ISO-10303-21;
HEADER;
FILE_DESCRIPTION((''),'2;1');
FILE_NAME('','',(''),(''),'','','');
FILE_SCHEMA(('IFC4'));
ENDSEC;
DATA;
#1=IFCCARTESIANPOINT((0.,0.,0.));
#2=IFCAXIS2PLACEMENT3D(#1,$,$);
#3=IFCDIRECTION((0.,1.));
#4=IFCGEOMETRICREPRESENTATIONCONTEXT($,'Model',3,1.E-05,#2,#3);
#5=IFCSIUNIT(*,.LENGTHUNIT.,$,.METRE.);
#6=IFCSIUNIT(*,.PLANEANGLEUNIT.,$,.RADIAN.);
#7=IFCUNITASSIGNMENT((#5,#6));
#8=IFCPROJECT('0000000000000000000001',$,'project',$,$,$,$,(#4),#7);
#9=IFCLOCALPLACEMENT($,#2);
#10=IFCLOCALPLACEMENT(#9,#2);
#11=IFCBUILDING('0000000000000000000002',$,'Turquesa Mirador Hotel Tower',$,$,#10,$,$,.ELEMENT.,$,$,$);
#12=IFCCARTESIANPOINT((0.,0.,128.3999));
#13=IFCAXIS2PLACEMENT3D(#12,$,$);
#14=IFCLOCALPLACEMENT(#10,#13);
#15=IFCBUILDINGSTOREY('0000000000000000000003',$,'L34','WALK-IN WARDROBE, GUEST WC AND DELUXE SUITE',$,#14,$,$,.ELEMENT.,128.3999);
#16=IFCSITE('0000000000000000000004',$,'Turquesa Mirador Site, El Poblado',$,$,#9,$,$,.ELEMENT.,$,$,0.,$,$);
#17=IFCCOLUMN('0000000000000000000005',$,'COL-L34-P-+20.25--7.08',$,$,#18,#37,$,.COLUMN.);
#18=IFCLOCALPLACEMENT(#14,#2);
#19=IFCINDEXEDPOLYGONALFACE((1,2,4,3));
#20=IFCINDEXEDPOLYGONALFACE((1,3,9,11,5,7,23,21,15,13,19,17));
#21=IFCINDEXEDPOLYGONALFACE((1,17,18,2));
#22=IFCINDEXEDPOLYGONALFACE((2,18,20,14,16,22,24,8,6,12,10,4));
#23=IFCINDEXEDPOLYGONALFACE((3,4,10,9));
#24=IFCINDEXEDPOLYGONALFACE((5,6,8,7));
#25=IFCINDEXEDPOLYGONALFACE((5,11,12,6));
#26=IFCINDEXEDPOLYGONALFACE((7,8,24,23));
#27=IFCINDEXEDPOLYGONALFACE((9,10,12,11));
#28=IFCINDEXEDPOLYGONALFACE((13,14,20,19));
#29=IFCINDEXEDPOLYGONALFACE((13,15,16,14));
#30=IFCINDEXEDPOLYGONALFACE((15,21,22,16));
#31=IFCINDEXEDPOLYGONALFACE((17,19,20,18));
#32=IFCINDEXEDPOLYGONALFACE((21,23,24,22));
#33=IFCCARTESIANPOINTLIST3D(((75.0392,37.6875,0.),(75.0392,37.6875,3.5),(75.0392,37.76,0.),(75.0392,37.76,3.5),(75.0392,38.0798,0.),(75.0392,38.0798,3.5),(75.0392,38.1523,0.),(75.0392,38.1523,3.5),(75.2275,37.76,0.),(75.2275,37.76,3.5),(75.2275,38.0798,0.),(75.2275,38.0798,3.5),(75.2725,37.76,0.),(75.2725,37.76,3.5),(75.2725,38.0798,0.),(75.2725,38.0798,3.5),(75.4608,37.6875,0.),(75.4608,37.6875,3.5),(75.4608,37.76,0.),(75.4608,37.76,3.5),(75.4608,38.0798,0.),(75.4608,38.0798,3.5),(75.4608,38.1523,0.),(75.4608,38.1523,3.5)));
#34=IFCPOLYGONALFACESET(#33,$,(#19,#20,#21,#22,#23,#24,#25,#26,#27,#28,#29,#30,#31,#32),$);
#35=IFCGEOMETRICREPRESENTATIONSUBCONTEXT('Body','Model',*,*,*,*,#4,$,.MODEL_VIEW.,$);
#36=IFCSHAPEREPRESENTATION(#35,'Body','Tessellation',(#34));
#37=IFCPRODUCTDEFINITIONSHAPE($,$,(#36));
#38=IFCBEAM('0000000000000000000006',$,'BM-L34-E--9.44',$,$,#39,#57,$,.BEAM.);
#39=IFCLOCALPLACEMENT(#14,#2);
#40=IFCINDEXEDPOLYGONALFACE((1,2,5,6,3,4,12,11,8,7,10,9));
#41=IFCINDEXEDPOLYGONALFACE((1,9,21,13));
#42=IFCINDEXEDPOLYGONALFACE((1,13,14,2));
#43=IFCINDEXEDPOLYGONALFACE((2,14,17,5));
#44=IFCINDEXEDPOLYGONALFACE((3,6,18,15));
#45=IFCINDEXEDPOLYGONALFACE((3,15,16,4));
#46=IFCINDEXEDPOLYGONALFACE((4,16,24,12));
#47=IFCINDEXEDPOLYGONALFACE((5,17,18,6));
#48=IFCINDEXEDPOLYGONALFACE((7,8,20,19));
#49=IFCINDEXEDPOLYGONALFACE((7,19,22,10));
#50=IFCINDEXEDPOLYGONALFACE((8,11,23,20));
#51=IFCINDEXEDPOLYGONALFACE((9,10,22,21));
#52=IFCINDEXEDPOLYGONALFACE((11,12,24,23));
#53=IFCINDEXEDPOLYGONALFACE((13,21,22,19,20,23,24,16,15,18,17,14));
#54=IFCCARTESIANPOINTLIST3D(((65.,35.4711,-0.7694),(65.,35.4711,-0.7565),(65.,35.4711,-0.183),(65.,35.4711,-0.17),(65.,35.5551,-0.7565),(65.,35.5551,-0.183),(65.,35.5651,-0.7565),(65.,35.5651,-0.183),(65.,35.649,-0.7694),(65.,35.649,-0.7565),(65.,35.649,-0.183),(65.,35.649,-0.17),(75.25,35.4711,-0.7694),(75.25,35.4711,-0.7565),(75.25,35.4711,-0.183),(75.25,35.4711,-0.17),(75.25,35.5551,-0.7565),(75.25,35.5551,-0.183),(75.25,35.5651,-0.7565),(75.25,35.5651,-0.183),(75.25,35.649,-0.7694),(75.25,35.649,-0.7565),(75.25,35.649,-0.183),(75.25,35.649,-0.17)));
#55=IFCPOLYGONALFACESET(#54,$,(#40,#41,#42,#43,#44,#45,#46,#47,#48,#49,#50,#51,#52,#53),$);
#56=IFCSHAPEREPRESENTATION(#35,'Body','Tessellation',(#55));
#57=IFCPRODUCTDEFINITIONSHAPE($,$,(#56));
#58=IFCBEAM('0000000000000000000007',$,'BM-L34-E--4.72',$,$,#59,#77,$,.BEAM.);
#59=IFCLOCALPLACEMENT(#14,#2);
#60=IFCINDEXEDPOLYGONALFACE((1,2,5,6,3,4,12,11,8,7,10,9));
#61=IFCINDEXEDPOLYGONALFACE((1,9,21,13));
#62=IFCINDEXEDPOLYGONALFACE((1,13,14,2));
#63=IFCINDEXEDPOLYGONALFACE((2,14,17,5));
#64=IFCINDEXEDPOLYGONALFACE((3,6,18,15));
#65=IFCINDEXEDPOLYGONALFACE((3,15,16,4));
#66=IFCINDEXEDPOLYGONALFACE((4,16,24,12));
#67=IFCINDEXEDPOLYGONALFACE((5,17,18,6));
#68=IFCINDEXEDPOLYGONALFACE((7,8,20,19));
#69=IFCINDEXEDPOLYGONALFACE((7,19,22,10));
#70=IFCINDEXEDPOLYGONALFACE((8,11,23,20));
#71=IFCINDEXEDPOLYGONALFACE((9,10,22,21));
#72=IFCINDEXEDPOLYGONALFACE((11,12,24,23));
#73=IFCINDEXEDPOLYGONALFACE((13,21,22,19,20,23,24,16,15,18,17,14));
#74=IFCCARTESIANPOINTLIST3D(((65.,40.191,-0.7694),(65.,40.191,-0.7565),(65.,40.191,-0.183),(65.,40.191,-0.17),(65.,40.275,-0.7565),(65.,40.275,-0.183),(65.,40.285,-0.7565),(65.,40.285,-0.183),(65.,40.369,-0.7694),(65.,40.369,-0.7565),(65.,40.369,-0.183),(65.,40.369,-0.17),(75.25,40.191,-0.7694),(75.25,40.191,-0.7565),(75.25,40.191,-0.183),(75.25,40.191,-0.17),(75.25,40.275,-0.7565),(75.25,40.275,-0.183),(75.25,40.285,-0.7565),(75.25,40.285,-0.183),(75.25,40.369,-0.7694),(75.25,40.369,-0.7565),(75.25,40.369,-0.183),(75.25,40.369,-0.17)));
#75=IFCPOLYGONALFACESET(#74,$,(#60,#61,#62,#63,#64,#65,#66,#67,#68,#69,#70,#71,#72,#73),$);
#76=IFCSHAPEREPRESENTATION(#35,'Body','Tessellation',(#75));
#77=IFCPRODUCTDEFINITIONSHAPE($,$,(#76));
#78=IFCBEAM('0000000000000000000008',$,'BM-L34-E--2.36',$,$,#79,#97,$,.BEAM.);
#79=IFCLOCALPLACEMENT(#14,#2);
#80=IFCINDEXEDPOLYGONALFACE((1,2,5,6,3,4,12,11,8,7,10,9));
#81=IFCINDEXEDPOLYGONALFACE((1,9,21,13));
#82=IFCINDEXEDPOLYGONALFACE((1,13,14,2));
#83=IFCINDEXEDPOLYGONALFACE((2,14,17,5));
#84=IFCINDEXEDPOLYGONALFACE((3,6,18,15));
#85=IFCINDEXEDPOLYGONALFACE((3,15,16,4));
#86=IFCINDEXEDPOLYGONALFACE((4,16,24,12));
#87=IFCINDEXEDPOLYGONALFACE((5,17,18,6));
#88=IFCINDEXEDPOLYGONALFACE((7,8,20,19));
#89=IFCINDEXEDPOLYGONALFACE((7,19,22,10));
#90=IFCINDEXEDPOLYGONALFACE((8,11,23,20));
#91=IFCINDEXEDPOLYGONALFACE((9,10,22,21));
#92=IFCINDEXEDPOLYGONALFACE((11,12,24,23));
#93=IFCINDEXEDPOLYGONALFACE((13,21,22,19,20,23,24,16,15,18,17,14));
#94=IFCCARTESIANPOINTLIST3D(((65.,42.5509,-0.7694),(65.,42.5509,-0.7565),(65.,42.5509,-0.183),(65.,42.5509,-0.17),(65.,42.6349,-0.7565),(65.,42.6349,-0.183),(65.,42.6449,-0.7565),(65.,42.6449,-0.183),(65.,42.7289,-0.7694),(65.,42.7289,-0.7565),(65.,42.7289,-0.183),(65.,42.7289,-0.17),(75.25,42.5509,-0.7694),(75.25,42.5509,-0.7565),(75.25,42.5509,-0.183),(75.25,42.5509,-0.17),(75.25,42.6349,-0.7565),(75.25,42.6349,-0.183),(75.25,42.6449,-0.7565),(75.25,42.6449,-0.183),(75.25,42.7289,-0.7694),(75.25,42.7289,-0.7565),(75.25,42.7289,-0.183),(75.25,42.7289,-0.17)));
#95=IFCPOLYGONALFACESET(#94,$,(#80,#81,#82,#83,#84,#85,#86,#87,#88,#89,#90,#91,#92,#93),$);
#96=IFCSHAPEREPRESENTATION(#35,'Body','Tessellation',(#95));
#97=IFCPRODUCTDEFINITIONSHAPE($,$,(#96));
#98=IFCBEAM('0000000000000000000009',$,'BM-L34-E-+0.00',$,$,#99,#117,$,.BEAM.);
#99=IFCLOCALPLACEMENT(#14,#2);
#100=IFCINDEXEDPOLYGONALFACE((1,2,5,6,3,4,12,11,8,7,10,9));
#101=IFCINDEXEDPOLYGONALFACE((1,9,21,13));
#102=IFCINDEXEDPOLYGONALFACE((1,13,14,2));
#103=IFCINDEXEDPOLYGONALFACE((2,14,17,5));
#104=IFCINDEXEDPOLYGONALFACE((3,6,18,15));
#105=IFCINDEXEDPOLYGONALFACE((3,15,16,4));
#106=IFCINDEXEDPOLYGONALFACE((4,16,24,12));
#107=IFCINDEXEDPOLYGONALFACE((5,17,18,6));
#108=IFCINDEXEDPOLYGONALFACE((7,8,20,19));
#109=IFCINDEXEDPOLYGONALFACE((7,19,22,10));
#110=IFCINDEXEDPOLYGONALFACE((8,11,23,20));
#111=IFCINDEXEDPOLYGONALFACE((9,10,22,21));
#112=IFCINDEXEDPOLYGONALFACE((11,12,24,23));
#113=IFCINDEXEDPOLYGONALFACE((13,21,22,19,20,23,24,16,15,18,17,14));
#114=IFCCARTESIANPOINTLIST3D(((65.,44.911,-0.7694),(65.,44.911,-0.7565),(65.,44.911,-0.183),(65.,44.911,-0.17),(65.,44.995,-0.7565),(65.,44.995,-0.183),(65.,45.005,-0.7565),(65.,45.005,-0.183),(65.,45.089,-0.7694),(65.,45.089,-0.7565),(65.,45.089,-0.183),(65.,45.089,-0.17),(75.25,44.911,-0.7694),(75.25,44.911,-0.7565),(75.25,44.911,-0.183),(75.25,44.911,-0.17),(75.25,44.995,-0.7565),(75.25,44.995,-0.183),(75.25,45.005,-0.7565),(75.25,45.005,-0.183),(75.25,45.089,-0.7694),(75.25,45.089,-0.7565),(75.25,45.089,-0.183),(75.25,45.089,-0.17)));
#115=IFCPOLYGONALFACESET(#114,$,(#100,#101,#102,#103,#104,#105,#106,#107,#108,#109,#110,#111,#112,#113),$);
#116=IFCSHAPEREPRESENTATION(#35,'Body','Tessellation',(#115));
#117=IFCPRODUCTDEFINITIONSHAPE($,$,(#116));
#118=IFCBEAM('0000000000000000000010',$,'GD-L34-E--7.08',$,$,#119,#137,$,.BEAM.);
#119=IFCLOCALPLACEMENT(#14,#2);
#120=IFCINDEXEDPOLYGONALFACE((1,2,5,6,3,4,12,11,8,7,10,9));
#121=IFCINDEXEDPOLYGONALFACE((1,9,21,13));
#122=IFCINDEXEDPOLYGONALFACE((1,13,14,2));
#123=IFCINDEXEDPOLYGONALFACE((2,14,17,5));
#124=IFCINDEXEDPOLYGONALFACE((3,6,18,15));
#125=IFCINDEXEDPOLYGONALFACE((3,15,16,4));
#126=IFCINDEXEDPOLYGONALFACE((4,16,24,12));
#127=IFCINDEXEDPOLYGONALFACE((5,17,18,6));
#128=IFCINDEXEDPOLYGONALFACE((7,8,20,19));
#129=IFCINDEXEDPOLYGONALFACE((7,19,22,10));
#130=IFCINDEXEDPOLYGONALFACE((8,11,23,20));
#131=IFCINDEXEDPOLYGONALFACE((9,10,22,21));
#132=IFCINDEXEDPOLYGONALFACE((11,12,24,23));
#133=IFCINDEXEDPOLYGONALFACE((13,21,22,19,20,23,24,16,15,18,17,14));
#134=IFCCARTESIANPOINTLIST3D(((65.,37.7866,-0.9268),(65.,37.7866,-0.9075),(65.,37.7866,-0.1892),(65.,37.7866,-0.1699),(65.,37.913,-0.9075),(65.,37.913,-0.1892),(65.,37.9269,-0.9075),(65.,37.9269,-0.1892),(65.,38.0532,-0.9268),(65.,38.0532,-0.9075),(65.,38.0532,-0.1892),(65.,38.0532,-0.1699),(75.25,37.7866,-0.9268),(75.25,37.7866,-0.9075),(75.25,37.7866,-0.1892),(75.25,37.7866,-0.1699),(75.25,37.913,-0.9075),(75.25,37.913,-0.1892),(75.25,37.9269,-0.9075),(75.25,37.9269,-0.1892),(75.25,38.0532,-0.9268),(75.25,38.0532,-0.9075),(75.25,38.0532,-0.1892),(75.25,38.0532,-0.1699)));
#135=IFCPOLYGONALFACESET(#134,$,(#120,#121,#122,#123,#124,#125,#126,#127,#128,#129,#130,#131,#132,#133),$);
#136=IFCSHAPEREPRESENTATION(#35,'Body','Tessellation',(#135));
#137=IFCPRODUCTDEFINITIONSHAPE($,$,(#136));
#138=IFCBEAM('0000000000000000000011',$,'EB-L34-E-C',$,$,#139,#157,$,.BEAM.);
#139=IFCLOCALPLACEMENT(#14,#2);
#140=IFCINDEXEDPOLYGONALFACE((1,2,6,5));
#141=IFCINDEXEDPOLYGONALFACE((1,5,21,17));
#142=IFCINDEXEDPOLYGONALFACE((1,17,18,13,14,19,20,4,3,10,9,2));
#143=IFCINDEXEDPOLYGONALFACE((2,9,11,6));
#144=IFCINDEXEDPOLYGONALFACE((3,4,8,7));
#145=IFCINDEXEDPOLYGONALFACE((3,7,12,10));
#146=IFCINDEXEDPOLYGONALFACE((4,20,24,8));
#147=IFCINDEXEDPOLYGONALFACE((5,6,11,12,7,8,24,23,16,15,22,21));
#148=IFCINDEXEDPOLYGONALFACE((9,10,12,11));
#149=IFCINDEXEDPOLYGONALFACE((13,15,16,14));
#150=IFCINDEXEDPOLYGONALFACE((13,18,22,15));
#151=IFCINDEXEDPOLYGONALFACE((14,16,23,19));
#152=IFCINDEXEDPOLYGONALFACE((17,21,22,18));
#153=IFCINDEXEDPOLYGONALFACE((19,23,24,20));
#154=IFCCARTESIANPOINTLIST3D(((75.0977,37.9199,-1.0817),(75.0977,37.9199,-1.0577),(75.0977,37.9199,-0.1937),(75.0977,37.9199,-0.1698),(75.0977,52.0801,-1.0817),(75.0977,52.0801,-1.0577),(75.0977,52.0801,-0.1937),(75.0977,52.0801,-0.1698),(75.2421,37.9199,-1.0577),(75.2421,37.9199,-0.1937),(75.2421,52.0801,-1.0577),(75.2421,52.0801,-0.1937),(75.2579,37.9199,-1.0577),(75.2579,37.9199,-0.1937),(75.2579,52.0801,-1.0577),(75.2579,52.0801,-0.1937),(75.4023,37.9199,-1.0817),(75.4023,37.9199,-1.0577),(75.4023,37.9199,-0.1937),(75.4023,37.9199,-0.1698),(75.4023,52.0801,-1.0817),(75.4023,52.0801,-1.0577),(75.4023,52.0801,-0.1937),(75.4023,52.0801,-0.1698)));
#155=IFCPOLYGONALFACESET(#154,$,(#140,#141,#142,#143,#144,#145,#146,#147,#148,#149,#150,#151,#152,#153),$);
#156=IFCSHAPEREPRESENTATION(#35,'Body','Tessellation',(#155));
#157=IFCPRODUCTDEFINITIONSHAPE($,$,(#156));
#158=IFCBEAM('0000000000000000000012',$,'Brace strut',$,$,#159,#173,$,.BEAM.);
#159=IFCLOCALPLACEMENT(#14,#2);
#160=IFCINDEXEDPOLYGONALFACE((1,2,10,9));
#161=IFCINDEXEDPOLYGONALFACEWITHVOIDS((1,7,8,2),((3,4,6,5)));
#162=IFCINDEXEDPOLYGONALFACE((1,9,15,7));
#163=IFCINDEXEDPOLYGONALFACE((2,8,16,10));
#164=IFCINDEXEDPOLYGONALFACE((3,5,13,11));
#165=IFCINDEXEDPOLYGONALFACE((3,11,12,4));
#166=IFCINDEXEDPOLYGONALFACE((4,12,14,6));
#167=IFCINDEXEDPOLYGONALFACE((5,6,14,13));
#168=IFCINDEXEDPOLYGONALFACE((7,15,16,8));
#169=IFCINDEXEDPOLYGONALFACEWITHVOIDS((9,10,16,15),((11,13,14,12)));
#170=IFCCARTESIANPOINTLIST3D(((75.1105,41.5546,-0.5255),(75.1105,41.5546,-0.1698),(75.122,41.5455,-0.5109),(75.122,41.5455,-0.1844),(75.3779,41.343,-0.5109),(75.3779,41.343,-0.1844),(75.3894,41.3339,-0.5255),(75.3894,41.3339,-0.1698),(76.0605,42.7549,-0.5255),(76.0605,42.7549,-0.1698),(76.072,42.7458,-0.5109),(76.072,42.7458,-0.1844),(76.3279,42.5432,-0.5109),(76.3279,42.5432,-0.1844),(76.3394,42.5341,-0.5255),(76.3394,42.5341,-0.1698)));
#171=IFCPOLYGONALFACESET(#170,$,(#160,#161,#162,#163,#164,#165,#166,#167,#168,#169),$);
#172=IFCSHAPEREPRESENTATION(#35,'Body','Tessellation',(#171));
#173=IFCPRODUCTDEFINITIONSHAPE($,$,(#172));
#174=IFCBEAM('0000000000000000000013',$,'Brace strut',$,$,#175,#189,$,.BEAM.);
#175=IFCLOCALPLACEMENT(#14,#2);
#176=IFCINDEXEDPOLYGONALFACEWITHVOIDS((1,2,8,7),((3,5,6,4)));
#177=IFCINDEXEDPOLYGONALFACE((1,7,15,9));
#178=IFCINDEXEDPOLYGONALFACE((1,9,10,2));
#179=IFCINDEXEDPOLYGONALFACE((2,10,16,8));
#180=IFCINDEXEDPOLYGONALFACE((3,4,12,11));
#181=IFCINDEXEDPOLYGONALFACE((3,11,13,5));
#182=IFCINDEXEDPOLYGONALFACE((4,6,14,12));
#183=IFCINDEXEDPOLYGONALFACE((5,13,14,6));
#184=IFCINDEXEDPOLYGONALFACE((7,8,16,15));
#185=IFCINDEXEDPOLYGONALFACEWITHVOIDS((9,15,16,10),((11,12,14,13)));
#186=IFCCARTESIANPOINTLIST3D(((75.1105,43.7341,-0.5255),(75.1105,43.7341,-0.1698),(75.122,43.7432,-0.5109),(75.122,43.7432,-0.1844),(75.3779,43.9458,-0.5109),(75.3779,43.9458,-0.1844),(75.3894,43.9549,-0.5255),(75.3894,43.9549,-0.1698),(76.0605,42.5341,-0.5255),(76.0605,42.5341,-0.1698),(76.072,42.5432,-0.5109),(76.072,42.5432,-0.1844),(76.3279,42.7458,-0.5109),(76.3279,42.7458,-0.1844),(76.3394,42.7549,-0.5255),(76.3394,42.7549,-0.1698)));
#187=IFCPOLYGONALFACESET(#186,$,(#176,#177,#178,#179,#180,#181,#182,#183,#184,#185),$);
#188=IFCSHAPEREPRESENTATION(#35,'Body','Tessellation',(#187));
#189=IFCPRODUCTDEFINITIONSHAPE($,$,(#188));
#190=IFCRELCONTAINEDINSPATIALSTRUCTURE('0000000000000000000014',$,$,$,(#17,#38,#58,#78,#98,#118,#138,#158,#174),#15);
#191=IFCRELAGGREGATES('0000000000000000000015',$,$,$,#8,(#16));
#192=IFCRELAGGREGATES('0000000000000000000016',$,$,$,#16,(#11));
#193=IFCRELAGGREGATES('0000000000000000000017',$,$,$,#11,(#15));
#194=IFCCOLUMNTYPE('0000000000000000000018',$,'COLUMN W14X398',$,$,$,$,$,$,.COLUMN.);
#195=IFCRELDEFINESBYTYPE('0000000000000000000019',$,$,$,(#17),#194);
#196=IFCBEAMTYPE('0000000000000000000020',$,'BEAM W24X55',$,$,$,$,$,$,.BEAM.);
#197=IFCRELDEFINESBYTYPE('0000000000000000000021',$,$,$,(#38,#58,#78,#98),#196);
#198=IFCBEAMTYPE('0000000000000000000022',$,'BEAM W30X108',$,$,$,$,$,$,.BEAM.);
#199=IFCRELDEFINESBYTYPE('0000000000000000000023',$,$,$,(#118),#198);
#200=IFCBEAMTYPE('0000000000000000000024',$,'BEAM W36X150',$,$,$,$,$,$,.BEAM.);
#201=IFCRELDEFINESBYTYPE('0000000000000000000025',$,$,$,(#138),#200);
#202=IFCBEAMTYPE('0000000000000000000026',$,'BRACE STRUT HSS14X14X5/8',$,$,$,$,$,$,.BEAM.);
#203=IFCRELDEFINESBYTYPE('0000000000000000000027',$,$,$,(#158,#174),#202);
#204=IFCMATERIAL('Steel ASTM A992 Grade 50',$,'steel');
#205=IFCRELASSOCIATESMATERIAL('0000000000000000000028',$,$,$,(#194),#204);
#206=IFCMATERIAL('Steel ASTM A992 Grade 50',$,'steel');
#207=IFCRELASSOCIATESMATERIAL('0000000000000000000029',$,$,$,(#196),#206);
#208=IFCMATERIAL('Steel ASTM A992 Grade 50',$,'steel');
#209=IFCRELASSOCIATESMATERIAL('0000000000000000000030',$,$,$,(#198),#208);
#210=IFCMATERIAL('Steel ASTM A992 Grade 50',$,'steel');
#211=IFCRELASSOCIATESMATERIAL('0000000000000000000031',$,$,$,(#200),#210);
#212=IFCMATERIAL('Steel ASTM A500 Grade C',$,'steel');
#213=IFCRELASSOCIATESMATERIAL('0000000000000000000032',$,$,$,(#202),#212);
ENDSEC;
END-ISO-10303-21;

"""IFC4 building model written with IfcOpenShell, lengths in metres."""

from ifc_helpers import new_model, si_unit, direction, frame, origin, origin_2d, place, context, subcontext, project, spatial, hollow_rectangle, i_section, extrude, material, material_profile, profile_set, type_object, element, save


model = new_model("IFC4")

# Units and contexts
model_context = context("Model", 3, precision=1e-05, world=origin(), true_north=direction((0.0, 1.0)))
body_context = subcontext(model_context, "Body", "Model", "MODEL_VIEW")
ifc_project = project(units=[si_unit("LENGTHUNIT", "METRE"), si_unit("PLANEANGLEUNIT", "RADIAN")], contexts=[model_context])

# Site, building, storey
site_placement = place(None, origin())
site = spatial("IfcSite", under=ifc_project, at=site_placement, Name="Turquesa Mirador Site, El Poblado", CompositionType="ELEMENT", RefElevation=0.0)
building_placement = place(site_placement, origin())
building = spatial("IfcBuilding", under=site, at=building_placement, Name="Turquesa Mirador Hotel Tower", CompositionType="ELEMENT")
storey_placement = place(building_placement, frame((0.0, 0.0, 128.3999)))
storey = spatial("IfcBuildingStorey", under=building, at=storey_placement, Name="L34", Description="WALK-IN WARDROBE, GUEST WC AND DELUXE SUITE", CompositionType="ELEMENT", Elevation=128.3999)

# Column
ifc_material_1 = material(Name="Steel ASTM A992 Grade 50", Category="steel")
ifc_material_profile_1 = material_profile(ifc_material_1, i_section(OverallWidth=0.4216, OverallDepth=0.4648, WebThickness=0.0449, FlangeThickness=0.0725, at=origin_2d()), Name="W14X398")
ifc_profile_set_1 = profile_set([ifc_material_profile_1], Name="Steel ASTM A992 Grade 50")
column_type = type_object("IfcColumnType", Name="COLUMN W14X398", PredefinedType="COLUMN", material=ifc_profile_set_1)
column_placement = place(storey_placement, frame((75.25, 37.9199, 0.0), z_axis=(0.0, 0.0, 1.0), x_axis=(1.0, 0.0, 0.0)))
element("IfcColumn", 1, at=column_placement, inside=storey, type_object=column_type, Name="COL-L34-P-+20.25--7.08", PredefinedType="COLUMN", context=body_context, shape_type="SweptSolid", body=[
    extrude(i_section(OverallWidth=0.4216, OverallDepth=0.4648, WebThickness=0.0449, FlangeThickness=0.0725, at=origin_2d()), origin(), (0.0, 0.0, 1.0), 3.5),
])

# Beams
ifc_material_2 = material(Name="Steel ASTM A992 Grade 50", Category="steel")
ifc_material_profile_2 = material_profile(ifc_material_2, i_section(OverallWidth=0.178, OverallDepth=0.5994, WebThickness=0.01, FlangeThickness=0.0129, at=origin_2d()), Name="W24X55")
ifc_profile_set_2 = profile_set([ifc_material_profile_2], Name="Steel ASTM A992 Grade 50")
beam_type_1 = type_object("IfcBeamType", Name="BEAM W24X55", PredefinedType="BEAM", material=ifc_profile_set_2)
for number, where, z_axis, x_axis, name in (
    (2, (75.25, 35.5601, -0.4697), (-1.0, 0.0, 0.0), (0.0, -1.0, 0.0), "BM-L34-E--9.44"),
    (3, (75.25, 40.28, -0.4697), (-1.0, 0.0, 0.0), (0.0, -1.0, 0.0), "BM-L34-E--4.72"),
    (4, (75.25, 42.6399, -0.4697), (-1.0, 0.0, 0.0), (0.0, -1.0, 0.0), "BM-L34-E--2.36"),
    (5, (75.25, 45.0, -0.4697), (-1.0, 0.0, 0.0), (0.0, -1.0, 0.0), "BM-L34-E-+0.00"),
):
    element("IfcBeam", number, at=place(storey_placement, frame(where, z_axis=z_axis, x_axis=x_axis)), inside=storey, type_object=beam_type_1, Name=name, PredefinedType="BEAM", context=body_context, shape_type="SweptSolid", body=[
        extrude(i_section(OverallWidth=0.178, OverallDepth=0.5994, WebThickness=0.01, FlangeThickness=0.0129, at=origin_2d()), origin(), (0.0, 0.0, 1.0), 10.25),
    ])
ifc_material_3 = material(Name="Steel ASTM A992 Grade 50", Category="steel")
ifc_material_profile_3 = material_profile(ifc_material_3, i_section(OverallWidth=0.2666, OverallDepth=0.7568, WebThickness=0.0139, FlangeThickness=0.0193, at=origin_2d()), Name="W30X108")
ifc_profile_set_3 = profile_set([ifc_material_profile_3], Name="Steel ASTM A992 Grade 50")
beam_type_2 = type_object("IfcBeamType", Name="BEAM W30X108", PredefinedType="BEAM", material=ifc_profile_set_3)
beam_1_placement = place(storey_placement, frame((75.25, 37.9199, -0.5483), z_axis=(-1.0, 0.0, 0.0), x_axis=(0.0, -1.0, 0.0)))
element("IfcBeam", 6, at=beam_1_placement, inside=storey, type_object=beam_type_2, Name="GD-L34-E--7.08", PredefinedType="BEAM", context=body_context, shape_type="SweptSolid", body=[
    extrude(i_section(OverallWidth=0.2666, OverallDepth=0.7568, WebThickness=0.0139, FlangeThickness=0.0193, at=origin_2d()), origin(), (0.0, 0.0, 1.0), 10.25),
])
ifc_material_4 = material(Name="Steel ASTM A992 Grade 50", Category="steel")
ifc_material_profile_4 = material_profile(ifc_material_4, i_section(OverallWidth=0.3047, OverallDepth=0.9119, WebThickness=0.0159, FlangeThickness=0.0239, at=origin_2d()), Name="W36X150")
ifc_profile_set_4 = profile_set([ifc_material_profile_4], Name="Steel ASTM A992 Grade 50")
beam_type_3 = type_object("IfcBeamType", Name="BEAM W36X150", PredefinedType="BEAM", material=ifc_profile_set_4)
beam_2_placement = place(storey_placement, frame((75.25, 37.9199, -0.6257), z_axis=(0.0, 1.0, 0.0), x_axis=(-1.0, 0.0, 0.0)))
element("IfcBeam", 7, at=beam_2_placement, inside=storey, type_object=beam_type_3, Name="EB-L34-E-C", PredefinedType="BEAM", context=body_context, shape_type="SweptSolid", body=[
    extrude(i_section(OverallWidth=0.3047, OverallDepth=0.9119, WebThickness=0.0159, FlangeThickness=0.0239, at=origin_2d()), origin(), (0.0, 0.0, 1.0), 14.1602),
])
ifc_material_5 = material(Name="Steel ASTM A500 Grade C", Category="steel")
ifc_material_profile_5 = material_profile(ifc_material_5, hollow_rectangle(XDim=0.3557, YDim=0.3557, WallThickness=0.0146, at=origin_2d()), Name="HSS14X14X5/8")
ifc_profile_set_5 = profile_set([ifc_material_profile_5], Name="Steel ASTM A500 Grade C")
beam_type_4 = type_object("IfcBeamType", Name="BRACE STRUT HSS14X14X5/8", PredefinedType="BEAM", material=ifc_profile_set_5)
beam_3_placement = place(storey_placement, frame((76.2, 42.6445, -0.3477), z_axis=(-0.620621, -0.784111, 0.0), x_axis=(0.784111, -0.620621, 0.0)))
element("IfcBeam", 8, at=beam_3_placement, inside=storey, type_object=beam_type_4, Name="Brace strut", PredefinedType="BEAM", context=body_context, shape_type="SweptSolid", body=[
    extrude(hollow_rectangle(XDim=0.3557, YDim=0.3557, WallThickness=0.0146, at=origin_2d()), origin(), (0.0, 0.0, 1.0), 1.5308),
])
beam_4_placement = place(storey_placement, frame((76.2, 42.6445, -0.3477), z_axis=(-0.620699, 0.784049, 0.0), x_axis=(-0.784049, -0.620699, 0.0)))
element("IfcBeam", 9, at=beam_4_placement, inside=storey, type_object=beam_type_4, Name="Brace strut", PredefinedType="BEAM", context=body_context, shape_type="SweptSolid", body=[
    extrude(hollow_rectangle(XDim=0.3557, YDim=0.3557, WallThickness=0.0146, at=origin_2d()), origin(), (0.0, 0.0, 1.0), 1.5305),
])

save(model, "model.ifc")
